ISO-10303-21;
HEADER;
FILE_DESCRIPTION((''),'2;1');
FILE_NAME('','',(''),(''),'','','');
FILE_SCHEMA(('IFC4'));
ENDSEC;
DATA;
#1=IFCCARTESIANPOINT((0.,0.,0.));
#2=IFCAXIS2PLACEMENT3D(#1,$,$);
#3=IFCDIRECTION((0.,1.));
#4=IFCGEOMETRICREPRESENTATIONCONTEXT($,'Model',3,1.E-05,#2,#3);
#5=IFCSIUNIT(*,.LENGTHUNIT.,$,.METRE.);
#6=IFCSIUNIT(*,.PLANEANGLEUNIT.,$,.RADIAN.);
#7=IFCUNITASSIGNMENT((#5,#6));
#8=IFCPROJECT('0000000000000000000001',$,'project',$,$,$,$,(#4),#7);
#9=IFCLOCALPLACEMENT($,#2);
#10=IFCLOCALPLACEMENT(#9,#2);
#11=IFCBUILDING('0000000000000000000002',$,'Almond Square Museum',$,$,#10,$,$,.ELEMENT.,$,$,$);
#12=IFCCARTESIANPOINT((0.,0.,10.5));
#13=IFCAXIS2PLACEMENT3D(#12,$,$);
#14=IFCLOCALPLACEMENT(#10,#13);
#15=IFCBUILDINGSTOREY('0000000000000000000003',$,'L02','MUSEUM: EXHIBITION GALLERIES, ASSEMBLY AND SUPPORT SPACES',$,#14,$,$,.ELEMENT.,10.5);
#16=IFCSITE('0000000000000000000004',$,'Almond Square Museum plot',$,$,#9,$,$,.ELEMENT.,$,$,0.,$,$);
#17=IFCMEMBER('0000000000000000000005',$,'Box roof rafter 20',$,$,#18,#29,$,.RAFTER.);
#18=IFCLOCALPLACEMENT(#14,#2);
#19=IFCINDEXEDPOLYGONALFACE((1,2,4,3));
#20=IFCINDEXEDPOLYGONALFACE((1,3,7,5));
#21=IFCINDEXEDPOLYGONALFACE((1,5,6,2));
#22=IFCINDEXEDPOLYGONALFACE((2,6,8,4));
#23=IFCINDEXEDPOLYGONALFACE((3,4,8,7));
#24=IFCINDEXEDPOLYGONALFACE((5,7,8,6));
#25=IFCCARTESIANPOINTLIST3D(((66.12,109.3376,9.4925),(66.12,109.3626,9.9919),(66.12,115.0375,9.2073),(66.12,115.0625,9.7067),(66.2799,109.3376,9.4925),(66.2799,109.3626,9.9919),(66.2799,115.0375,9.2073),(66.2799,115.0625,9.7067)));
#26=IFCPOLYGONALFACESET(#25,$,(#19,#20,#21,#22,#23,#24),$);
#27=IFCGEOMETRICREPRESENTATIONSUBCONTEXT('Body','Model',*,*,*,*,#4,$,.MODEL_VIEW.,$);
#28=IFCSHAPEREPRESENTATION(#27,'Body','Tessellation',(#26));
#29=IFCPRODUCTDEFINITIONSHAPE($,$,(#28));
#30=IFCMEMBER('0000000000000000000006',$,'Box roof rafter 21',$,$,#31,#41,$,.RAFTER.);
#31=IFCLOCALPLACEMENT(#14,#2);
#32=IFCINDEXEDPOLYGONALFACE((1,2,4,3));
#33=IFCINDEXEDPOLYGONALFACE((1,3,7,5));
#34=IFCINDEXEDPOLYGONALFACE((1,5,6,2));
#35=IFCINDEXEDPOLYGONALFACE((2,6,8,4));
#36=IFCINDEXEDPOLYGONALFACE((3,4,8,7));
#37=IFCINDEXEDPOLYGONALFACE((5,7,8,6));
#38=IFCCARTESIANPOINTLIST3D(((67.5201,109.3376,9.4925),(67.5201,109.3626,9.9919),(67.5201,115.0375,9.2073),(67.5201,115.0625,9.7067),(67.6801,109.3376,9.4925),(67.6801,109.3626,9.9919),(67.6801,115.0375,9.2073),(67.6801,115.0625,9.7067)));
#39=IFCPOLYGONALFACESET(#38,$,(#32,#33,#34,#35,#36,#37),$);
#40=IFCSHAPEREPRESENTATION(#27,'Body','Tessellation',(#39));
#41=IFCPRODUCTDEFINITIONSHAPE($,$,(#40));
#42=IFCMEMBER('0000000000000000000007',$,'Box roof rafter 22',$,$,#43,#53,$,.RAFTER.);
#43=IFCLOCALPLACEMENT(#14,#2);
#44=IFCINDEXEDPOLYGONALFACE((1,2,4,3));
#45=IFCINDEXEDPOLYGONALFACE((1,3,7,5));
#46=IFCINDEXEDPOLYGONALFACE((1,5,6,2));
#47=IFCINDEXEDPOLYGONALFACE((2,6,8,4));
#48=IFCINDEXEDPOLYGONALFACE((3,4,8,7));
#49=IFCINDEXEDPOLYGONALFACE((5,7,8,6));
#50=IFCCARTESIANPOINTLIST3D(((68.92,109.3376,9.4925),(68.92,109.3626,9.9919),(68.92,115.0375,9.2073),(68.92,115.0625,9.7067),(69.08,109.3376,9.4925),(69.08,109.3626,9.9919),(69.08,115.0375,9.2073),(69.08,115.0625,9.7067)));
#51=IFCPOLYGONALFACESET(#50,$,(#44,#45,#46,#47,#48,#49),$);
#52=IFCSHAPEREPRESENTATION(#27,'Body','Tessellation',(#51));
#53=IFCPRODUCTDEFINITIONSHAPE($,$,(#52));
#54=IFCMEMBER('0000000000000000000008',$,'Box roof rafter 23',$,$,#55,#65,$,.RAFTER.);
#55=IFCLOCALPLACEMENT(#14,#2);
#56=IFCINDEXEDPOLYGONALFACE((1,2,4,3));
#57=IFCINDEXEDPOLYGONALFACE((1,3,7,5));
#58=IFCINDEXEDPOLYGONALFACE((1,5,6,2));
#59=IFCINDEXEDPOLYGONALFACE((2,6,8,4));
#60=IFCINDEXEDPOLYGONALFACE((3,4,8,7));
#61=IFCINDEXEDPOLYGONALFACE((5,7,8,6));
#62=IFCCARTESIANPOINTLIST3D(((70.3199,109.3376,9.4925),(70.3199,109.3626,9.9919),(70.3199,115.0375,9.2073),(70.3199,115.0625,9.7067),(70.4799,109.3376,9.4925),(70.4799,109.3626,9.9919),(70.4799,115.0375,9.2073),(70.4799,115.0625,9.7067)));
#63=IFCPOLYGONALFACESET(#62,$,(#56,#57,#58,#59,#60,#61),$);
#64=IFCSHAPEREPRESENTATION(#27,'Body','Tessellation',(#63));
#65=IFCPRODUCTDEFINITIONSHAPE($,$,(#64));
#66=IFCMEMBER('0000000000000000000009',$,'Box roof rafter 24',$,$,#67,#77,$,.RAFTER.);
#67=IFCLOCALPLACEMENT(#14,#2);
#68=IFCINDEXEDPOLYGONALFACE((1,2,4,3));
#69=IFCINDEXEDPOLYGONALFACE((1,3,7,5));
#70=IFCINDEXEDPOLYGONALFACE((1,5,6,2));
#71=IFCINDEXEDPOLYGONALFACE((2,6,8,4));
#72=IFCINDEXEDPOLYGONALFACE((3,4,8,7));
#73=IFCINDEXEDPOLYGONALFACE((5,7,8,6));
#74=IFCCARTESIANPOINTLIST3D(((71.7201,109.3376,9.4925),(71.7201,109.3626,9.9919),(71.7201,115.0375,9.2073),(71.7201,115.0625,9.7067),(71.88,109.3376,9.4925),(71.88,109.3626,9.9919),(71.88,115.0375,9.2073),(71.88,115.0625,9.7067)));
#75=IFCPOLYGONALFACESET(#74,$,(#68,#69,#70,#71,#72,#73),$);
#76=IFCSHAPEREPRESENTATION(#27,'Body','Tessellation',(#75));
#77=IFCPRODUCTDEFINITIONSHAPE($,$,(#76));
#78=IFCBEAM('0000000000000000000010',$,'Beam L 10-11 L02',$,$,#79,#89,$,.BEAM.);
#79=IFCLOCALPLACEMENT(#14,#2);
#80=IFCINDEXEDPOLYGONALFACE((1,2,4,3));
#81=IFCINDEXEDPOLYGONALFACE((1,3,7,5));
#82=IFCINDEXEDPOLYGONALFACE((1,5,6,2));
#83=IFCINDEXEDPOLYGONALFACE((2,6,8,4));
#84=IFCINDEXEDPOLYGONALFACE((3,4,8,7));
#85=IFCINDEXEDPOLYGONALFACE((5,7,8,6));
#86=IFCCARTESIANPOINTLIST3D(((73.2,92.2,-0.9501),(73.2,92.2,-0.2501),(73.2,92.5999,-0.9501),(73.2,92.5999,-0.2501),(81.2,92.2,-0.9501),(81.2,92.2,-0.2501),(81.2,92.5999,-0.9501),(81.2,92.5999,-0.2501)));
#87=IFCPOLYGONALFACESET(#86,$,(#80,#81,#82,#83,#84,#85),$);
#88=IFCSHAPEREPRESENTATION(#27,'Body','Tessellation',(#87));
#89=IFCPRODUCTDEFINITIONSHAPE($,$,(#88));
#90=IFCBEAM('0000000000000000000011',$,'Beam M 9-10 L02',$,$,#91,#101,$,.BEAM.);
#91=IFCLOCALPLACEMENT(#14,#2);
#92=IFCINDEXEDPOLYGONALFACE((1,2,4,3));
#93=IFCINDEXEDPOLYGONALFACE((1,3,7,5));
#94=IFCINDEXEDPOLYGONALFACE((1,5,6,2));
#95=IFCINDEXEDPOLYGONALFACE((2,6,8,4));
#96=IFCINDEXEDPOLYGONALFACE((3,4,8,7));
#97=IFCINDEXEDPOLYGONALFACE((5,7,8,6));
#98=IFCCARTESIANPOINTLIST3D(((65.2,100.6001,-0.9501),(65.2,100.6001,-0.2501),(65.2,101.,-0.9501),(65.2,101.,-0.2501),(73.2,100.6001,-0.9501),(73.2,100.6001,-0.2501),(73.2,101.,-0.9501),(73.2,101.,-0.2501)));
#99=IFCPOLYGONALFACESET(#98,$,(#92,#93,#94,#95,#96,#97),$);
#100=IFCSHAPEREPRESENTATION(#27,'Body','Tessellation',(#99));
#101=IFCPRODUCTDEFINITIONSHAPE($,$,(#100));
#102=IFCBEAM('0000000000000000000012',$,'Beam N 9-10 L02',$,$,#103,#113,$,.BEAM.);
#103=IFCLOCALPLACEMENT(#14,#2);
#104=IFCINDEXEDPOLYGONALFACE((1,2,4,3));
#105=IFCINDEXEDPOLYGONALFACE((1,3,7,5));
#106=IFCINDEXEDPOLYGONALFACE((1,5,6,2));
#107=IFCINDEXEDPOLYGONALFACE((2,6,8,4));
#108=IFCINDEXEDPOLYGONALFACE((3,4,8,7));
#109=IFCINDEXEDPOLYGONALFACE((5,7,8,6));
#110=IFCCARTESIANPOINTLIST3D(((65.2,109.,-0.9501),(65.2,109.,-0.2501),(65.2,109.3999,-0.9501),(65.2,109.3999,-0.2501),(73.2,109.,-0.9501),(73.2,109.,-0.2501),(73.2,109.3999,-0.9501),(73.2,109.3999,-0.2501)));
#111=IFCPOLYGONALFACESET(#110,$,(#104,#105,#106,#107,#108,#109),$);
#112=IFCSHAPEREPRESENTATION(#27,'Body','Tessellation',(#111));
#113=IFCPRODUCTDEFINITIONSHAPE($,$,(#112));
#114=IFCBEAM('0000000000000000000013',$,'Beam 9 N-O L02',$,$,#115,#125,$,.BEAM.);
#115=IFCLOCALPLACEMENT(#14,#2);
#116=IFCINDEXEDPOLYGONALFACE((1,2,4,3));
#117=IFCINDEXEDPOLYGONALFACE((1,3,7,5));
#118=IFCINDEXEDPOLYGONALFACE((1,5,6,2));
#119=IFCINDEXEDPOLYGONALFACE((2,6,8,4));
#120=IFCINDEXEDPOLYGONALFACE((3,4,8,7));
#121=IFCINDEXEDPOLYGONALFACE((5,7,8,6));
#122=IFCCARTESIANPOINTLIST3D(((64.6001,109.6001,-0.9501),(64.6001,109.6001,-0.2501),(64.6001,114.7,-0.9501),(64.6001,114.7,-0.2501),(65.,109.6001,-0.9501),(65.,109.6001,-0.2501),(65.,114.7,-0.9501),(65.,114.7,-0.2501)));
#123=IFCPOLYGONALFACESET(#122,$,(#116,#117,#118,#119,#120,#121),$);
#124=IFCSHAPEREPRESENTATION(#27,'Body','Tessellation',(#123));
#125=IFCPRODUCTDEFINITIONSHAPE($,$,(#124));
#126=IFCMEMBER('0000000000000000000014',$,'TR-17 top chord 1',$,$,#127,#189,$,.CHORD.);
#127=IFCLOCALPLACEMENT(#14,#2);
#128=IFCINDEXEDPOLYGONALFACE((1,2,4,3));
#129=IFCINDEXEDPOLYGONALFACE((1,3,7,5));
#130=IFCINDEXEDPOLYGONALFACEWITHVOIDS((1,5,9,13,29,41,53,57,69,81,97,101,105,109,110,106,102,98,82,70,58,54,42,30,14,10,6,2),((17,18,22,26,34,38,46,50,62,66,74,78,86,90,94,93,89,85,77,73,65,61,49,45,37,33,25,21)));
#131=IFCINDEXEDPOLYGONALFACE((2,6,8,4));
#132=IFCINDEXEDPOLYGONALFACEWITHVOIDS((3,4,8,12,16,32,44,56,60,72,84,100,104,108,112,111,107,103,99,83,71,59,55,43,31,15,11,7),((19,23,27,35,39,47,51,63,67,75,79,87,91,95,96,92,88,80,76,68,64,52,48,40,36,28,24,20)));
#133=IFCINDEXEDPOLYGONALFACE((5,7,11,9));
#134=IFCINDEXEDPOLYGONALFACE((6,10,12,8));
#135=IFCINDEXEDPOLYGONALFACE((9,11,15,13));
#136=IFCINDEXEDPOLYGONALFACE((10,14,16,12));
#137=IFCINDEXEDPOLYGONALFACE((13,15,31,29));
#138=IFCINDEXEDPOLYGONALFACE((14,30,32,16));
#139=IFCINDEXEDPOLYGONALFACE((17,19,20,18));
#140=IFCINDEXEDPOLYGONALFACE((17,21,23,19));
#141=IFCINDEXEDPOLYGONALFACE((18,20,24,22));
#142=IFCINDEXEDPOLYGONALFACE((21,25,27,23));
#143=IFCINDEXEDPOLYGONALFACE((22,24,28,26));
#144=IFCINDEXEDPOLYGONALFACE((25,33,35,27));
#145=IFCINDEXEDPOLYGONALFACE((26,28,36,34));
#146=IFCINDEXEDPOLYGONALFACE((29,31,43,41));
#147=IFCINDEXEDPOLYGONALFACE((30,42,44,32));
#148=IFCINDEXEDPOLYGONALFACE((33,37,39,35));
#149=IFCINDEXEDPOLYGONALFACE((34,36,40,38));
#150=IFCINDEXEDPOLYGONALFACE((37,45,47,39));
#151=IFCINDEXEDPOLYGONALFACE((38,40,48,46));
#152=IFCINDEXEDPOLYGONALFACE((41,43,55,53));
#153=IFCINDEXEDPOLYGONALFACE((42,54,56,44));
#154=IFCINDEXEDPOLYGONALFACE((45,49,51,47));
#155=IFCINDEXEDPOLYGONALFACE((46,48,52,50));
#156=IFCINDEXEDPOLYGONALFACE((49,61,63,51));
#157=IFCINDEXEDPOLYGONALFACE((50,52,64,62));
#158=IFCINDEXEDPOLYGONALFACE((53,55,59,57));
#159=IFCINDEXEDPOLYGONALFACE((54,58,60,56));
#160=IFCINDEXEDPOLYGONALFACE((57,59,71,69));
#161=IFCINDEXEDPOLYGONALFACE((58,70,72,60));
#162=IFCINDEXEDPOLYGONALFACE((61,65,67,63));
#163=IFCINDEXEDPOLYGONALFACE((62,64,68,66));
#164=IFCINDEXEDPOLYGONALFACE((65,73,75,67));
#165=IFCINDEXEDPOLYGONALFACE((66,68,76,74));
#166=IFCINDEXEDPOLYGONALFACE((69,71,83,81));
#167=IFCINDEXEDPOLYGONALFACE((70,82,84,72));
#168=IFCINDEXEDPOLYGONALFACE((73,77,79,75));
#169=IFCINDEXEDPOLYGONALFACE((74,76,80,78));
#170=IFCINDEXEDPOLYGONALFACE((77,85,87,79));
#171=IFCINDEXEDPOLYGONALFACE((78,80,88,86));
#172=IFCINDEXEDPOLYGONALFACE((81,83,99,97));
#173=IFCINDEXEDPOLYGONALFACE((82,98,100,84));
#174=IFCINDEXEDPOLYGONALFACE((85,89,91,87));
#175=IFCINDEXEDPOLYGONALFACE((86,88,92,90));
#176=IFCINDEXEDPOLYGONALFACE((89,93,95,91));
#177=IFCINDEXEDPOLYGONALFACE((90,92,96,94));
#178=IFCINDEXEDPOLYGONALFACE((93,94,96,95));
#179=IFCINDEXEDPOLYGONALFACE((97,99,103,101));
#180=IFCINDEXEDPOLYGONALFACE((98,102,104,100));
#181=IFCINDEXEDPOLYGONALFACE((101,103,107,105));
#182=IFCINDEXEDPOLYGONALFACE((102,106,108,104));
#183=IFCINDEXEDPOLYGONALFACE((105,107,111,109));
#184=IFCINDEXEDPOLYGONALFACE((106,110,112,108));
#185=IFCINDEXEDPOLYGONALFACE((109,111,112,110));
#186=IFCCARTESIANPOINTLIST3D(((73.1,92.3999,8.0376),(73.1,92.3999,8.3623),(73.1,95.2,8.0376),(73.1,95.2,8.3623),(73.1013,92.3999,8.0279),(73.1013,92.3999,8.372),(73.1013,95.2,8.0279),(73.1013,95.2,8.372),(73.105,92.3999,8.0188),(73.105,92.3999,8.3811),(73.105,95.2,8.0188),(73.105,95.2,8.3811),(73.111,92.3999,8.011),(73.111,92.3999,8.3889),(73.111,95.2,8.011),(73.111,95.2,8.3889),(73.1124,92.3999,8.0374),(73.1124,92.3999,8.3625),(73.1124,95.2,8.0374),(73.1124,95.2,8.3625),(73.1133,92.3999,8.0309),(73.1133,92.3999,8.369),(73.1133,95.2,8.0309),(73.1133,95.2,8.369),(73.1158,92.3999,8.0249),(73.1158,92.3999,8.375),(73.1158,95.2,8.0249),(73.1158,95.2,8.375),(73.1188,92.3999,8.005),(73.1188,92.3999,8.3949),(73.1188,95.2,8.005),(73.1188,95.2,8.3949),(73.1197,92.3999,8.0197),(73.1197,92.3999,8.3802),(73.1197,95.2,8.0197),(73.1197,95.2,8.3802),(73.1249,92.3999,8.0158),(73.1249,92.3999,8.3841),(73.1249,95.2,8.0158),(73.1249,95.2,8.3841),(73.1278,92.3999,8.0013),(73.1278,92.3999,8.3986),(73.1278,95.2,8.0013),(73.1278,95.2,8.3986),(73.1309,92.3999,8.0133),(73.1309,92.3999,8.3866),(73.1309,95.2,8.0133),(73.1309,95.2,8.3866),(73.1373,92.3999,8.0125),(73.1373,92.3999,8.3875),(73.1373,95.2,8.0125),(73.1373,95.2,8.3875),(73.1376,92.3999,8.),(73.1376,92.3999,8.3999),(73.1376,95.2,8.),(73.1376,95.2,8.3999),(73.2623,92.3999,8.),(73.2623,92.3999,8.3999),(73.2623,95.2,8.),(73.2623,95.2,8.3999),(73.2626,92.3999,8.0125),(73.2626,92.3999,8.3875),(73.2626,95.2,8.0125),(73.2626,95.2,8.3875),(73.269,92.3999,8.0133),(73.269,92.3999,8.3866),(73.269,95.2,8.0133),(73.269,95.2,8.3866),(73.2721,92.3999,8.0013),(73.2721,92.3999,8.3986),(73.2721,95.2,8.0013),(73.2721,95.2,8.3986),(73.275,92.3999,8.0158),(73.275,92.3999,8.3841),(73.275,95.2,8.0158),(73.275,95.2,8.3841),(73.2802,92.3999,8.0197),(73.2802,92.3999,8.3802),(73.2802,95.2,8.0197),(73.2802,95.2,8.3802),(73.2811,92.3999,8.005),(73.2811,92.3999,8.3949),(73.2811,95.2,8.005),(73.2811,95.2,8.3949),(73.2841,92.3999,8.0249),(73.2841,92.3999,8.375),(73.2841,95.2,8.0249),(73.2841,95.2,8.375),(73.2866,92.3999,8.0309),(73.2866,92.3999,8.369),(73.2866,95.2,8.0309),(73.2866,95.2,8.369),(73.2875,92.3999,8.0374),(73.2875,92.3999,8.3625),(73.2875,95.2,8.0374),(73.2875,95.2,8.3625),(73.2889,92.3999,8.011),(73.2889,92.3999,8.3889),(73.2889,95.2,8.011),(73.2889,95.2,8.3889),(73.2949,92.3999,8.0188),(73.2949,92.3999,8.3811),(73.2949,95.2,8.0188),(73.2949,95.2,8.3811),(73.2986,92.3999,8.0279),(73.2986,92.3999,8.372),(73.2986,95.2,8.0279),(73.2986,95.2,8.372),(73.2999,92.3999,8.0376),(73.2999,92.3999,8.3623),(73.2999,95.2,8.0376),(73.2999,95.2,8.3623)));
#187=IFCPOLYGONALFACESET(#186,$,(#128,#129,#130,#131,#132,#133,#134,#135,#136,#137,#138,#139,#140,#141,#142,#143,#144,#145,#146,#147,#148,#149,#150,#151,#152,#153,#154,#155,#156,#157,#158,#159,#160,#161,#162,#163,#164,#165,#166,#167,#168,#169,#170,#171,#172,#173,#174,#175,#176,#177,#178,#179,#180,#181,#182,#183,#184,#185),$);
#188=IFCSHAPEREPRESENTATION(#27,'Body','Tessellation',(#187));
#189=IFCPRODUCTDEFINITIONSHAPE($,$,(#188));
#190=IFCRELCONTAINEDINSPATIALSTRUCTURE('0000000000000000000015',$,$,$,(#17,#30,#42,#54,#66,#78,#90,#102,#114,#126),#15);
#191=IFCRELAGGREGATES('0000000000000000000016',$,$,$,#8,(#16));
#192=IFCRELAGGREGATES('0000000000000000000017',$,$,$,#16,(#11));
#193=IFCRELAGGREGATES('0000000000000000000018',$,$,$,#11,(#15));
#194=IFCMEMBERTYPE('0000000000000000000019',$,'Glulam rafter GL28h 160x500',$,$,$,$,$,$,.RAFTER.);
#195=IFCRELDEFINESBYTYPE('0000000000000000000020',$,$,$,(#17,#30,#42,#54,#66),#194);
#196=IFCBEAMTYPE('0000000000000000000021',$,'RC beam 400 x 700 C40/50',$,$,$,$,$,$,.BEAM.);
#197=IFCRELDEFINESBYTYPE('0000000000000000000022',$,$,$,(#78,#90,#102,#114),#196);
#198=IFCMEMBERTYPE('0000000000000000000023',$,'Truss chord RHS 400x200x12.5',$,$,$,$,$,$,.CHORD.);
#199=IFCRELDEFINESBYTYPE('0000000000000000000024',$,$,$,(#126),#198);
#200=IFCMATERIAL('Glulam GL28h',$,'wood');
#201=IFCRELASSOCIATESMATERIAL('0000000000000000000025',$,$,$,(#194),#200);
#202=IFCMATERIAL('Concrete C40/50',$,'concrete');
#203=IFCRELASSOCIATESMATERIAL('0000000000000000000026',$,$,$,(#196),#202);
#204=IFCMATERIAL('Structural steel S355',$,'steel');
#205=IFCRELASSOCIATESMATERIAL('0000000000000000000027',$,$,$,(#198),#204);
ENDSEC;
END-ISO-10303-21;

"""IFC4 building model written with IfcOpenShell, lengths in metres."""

from ifc_helpers import new_model, si_unit, direction, frame, origin, origin_2d, place, context, subcontext, project, spatial, rectangle, hollow_rectangle, extrude, material, material_profile, profile_set, type_object, element, save


model = new_model("IFC4")

# Units and contexts
model_context = context("Model", 3, precision=1e-05, world=origin(), true_north=direction((0.0, 1.0)))
body_context = subcontext(model_context, "Body", "Model", "MODEL_VIEW")
ifc_project = project(units=[si_unit("LENGTHUNIT", "METRE"), si_unit("PLANEANGLEUNIT", "RADIAN")], contexts=[model_context])

# Site, building, storey
site_placement = place(None, origin())
site = spatial("IfcSite", under=ifc_project, at=site_placement, Name="Almond Square Museum plot", CompositionType="ELEMENT", RefElevation=0.0)
building_placement = place(site_placement, origin())
building = spatial("IfcBuilding", under=site, at=building_placement, Name="Almond Square Museum", CompositionType="ELEMENT")
storey_placement = place(building_placement, frame((0.0, 0.0, 10.5)))
storey = spatial("IfcBuildingStorey", under=building, at=storey_placement, Name="L02", Description="MUSEUM: EXHIBITION GALLERIES, ASSEMBLY AND SUPPORT SPACES", CompositionType="ELEMENT", Elevation=10.5)

# Members
ifc_material_1 = material(Name="Glulam GL28h", Category="wood")
ifc_material_profile_1 = material_profile(ifc_material_1, rectangle(XDim=0.1599, YDim=0.5, at=origin_2d()))
ifc_profile_set_1 = profile_set([ifc_material_profile_1], Name="Glulam GL28h")
member_type_1 = type_object("IfcMemberType", Name="Glulam rafter GL28h 160x500", PredefinedType="RAFTER", material=ifc_profile_set_1)
for number, where, z_axis, x_axis, name in (
    (1, (66.2, 109.3501, 9.7422), (0.0, 0.998751, -0.049965), (-1.0, 0.0, 0.0), "Box roof rafter 20"),
    (2, (67.6001, 109.3501, 9.7422), (0.0, 0.998751, -0.049965), (-1.0, 0.0, 0.0), "Box roof rafter 21"),
    (3, (69.0, 109.3501, 9.7422), (0.0, 0.998751, -0.049965), (-1.0, 0.0, 0.0), "Box roof rafter 22"),
    (4, (70.3999, 109.3501, 9.7422), (0.0, 0.998751, -0.049965), (-1.0, 0.0, 0.0), "Box roof rafter 23"),
    (5, (71.8, 109.3501, 9.7422), (0.0, 0.998751, -0.049965), (-1.0, 0.0, 0.0), "Box roof rafter 24"),
):
    element("IfcMember", number, at=place(storey_placement, frame(where, z_axis=z_axis, x_axis=x_axis)), inside=storey, type_object=member_type_1, Name=name, PredefinedType="RAFTER", context=body_context, shape_type="SweptSolid", body=[
        extrude(rectangle(XDim=0.1599, YDim=0.5, at=origin_2d()), origin(), (0.0, 0.0, 1.0), 5.707),
    ])

# Beams
ifc_material_2 = material(Name="Concrete C40/50", Category="concrete")
ifc_material_profile_2 = material_profile(ifc_material_2, rectangle(XDim=0.3999, YDim=0.7, at=origin_2d()))
ifc_profile_set_2 = profile_set([ifc_material_profile_2], Name="Concrete C40/50")
beam_type = type_object("IfcBeamType", Name="RC beam 400 x 700 C40/50", PredefinedType="BEAM", material=ifc_profile_set_2)
for number, where, z_axis, x_axis, name in (
    (6, (73.2, 92.3999, -0.6001), (1.0, 0.0, 0.0), (0.0, 1.0, 0.0), "Beam L 10-11 L02"),
    (7, (65.2, 100.8, -0.6001), (1.0, 0.0, 0.0), (0.0, 1.0, 0.0), "Beam M 9-10 L02"),
    (8, (65.2, 109.2, -0.6001), (1.0, 0.0, 0.0), (0.0, 1.0, 0.0), "Beam N 9-10 L02"),
):
    element("IfcBeam", number, at=place(storey_placement, frame(where, z_axis=z_axis, x_axis=x_axis)), inside=storey, type_object=beam_type, Name=name, PredefinedType="BEAM", context=body_context, shape_type="SweptSolid", body=[
        extrude(rectangle(XDim=0.3999, YDim=0.7, at=origin_2d()), origin(), (0.0, 0.0, 1.0), 8.0),
    ])
beam_placement = place(storey_placement, frame((64.8, 109.6001, -0.6001), z_axis=(0.0, 1.0, 0.0), x_axis=(-1.0, 0.0, 0.0)))
element("IfcBeam", 9, at=beam_placement, inside=storey, type_object=beam_type, Name="Beam 9 N-O L02", PredefinedType="BEAM", context=body_context, shape_type="SweptSolid", body=[
    extrude(rectangle(XDim=0.3999, YDim=0.7, at=origin_2d()), origin(), (0.0, 0.0, 1.0), 5.0999),
])

# Member
ifc_material_3 = material(Name="Structural steel S355", Category="steel")
ifc_material_profile_3 = material_profile(ifc_material_3, hollow_rectangle(XDim=0.2, YDim=0.3999, WallThickness=0.0125, InnerFilletRadius=0.0249, OuterFilletRadius=0.0376, at=origin_2d()))
ifc_profile_set_3 = profile_set([ifc_material_profile_3], Name="Structural steel S355")
member_type_2 = type_object("IfcMemberType", Name="Truss chord RHS 400x200x12.5", PredefinedType="CHORD", material=ifc_profile_set_3)
for number, where, z_axis, x_axis, name in (
    (10, (73.2, 92.3999, 8.2), (0.0, 1.0, 0.0), (-1.0, 0.0, 0.0), "TR-17 top chord 1"),
):
    element("IfcMember", number, at=place(storey_placement, frame(where, z_axis=z_axis, x_axis=x_axis)), inside=storey, type_object=member_type_2, Name=name, PredefinedType="CHORD", context=body_context, shape_type="SweptSolid", body=[
        extrude(hollow_rectangle(XDim=0.2, YDim=0.3999, WallThickness=0.0125, InnerFilletRadius=0.0249, OuterFilletRadius=0.0376, at=origin_2d()), origin(), (0.0, 0.0, 1.0), 2.8),
    ])

save(model, "model.ifc")
